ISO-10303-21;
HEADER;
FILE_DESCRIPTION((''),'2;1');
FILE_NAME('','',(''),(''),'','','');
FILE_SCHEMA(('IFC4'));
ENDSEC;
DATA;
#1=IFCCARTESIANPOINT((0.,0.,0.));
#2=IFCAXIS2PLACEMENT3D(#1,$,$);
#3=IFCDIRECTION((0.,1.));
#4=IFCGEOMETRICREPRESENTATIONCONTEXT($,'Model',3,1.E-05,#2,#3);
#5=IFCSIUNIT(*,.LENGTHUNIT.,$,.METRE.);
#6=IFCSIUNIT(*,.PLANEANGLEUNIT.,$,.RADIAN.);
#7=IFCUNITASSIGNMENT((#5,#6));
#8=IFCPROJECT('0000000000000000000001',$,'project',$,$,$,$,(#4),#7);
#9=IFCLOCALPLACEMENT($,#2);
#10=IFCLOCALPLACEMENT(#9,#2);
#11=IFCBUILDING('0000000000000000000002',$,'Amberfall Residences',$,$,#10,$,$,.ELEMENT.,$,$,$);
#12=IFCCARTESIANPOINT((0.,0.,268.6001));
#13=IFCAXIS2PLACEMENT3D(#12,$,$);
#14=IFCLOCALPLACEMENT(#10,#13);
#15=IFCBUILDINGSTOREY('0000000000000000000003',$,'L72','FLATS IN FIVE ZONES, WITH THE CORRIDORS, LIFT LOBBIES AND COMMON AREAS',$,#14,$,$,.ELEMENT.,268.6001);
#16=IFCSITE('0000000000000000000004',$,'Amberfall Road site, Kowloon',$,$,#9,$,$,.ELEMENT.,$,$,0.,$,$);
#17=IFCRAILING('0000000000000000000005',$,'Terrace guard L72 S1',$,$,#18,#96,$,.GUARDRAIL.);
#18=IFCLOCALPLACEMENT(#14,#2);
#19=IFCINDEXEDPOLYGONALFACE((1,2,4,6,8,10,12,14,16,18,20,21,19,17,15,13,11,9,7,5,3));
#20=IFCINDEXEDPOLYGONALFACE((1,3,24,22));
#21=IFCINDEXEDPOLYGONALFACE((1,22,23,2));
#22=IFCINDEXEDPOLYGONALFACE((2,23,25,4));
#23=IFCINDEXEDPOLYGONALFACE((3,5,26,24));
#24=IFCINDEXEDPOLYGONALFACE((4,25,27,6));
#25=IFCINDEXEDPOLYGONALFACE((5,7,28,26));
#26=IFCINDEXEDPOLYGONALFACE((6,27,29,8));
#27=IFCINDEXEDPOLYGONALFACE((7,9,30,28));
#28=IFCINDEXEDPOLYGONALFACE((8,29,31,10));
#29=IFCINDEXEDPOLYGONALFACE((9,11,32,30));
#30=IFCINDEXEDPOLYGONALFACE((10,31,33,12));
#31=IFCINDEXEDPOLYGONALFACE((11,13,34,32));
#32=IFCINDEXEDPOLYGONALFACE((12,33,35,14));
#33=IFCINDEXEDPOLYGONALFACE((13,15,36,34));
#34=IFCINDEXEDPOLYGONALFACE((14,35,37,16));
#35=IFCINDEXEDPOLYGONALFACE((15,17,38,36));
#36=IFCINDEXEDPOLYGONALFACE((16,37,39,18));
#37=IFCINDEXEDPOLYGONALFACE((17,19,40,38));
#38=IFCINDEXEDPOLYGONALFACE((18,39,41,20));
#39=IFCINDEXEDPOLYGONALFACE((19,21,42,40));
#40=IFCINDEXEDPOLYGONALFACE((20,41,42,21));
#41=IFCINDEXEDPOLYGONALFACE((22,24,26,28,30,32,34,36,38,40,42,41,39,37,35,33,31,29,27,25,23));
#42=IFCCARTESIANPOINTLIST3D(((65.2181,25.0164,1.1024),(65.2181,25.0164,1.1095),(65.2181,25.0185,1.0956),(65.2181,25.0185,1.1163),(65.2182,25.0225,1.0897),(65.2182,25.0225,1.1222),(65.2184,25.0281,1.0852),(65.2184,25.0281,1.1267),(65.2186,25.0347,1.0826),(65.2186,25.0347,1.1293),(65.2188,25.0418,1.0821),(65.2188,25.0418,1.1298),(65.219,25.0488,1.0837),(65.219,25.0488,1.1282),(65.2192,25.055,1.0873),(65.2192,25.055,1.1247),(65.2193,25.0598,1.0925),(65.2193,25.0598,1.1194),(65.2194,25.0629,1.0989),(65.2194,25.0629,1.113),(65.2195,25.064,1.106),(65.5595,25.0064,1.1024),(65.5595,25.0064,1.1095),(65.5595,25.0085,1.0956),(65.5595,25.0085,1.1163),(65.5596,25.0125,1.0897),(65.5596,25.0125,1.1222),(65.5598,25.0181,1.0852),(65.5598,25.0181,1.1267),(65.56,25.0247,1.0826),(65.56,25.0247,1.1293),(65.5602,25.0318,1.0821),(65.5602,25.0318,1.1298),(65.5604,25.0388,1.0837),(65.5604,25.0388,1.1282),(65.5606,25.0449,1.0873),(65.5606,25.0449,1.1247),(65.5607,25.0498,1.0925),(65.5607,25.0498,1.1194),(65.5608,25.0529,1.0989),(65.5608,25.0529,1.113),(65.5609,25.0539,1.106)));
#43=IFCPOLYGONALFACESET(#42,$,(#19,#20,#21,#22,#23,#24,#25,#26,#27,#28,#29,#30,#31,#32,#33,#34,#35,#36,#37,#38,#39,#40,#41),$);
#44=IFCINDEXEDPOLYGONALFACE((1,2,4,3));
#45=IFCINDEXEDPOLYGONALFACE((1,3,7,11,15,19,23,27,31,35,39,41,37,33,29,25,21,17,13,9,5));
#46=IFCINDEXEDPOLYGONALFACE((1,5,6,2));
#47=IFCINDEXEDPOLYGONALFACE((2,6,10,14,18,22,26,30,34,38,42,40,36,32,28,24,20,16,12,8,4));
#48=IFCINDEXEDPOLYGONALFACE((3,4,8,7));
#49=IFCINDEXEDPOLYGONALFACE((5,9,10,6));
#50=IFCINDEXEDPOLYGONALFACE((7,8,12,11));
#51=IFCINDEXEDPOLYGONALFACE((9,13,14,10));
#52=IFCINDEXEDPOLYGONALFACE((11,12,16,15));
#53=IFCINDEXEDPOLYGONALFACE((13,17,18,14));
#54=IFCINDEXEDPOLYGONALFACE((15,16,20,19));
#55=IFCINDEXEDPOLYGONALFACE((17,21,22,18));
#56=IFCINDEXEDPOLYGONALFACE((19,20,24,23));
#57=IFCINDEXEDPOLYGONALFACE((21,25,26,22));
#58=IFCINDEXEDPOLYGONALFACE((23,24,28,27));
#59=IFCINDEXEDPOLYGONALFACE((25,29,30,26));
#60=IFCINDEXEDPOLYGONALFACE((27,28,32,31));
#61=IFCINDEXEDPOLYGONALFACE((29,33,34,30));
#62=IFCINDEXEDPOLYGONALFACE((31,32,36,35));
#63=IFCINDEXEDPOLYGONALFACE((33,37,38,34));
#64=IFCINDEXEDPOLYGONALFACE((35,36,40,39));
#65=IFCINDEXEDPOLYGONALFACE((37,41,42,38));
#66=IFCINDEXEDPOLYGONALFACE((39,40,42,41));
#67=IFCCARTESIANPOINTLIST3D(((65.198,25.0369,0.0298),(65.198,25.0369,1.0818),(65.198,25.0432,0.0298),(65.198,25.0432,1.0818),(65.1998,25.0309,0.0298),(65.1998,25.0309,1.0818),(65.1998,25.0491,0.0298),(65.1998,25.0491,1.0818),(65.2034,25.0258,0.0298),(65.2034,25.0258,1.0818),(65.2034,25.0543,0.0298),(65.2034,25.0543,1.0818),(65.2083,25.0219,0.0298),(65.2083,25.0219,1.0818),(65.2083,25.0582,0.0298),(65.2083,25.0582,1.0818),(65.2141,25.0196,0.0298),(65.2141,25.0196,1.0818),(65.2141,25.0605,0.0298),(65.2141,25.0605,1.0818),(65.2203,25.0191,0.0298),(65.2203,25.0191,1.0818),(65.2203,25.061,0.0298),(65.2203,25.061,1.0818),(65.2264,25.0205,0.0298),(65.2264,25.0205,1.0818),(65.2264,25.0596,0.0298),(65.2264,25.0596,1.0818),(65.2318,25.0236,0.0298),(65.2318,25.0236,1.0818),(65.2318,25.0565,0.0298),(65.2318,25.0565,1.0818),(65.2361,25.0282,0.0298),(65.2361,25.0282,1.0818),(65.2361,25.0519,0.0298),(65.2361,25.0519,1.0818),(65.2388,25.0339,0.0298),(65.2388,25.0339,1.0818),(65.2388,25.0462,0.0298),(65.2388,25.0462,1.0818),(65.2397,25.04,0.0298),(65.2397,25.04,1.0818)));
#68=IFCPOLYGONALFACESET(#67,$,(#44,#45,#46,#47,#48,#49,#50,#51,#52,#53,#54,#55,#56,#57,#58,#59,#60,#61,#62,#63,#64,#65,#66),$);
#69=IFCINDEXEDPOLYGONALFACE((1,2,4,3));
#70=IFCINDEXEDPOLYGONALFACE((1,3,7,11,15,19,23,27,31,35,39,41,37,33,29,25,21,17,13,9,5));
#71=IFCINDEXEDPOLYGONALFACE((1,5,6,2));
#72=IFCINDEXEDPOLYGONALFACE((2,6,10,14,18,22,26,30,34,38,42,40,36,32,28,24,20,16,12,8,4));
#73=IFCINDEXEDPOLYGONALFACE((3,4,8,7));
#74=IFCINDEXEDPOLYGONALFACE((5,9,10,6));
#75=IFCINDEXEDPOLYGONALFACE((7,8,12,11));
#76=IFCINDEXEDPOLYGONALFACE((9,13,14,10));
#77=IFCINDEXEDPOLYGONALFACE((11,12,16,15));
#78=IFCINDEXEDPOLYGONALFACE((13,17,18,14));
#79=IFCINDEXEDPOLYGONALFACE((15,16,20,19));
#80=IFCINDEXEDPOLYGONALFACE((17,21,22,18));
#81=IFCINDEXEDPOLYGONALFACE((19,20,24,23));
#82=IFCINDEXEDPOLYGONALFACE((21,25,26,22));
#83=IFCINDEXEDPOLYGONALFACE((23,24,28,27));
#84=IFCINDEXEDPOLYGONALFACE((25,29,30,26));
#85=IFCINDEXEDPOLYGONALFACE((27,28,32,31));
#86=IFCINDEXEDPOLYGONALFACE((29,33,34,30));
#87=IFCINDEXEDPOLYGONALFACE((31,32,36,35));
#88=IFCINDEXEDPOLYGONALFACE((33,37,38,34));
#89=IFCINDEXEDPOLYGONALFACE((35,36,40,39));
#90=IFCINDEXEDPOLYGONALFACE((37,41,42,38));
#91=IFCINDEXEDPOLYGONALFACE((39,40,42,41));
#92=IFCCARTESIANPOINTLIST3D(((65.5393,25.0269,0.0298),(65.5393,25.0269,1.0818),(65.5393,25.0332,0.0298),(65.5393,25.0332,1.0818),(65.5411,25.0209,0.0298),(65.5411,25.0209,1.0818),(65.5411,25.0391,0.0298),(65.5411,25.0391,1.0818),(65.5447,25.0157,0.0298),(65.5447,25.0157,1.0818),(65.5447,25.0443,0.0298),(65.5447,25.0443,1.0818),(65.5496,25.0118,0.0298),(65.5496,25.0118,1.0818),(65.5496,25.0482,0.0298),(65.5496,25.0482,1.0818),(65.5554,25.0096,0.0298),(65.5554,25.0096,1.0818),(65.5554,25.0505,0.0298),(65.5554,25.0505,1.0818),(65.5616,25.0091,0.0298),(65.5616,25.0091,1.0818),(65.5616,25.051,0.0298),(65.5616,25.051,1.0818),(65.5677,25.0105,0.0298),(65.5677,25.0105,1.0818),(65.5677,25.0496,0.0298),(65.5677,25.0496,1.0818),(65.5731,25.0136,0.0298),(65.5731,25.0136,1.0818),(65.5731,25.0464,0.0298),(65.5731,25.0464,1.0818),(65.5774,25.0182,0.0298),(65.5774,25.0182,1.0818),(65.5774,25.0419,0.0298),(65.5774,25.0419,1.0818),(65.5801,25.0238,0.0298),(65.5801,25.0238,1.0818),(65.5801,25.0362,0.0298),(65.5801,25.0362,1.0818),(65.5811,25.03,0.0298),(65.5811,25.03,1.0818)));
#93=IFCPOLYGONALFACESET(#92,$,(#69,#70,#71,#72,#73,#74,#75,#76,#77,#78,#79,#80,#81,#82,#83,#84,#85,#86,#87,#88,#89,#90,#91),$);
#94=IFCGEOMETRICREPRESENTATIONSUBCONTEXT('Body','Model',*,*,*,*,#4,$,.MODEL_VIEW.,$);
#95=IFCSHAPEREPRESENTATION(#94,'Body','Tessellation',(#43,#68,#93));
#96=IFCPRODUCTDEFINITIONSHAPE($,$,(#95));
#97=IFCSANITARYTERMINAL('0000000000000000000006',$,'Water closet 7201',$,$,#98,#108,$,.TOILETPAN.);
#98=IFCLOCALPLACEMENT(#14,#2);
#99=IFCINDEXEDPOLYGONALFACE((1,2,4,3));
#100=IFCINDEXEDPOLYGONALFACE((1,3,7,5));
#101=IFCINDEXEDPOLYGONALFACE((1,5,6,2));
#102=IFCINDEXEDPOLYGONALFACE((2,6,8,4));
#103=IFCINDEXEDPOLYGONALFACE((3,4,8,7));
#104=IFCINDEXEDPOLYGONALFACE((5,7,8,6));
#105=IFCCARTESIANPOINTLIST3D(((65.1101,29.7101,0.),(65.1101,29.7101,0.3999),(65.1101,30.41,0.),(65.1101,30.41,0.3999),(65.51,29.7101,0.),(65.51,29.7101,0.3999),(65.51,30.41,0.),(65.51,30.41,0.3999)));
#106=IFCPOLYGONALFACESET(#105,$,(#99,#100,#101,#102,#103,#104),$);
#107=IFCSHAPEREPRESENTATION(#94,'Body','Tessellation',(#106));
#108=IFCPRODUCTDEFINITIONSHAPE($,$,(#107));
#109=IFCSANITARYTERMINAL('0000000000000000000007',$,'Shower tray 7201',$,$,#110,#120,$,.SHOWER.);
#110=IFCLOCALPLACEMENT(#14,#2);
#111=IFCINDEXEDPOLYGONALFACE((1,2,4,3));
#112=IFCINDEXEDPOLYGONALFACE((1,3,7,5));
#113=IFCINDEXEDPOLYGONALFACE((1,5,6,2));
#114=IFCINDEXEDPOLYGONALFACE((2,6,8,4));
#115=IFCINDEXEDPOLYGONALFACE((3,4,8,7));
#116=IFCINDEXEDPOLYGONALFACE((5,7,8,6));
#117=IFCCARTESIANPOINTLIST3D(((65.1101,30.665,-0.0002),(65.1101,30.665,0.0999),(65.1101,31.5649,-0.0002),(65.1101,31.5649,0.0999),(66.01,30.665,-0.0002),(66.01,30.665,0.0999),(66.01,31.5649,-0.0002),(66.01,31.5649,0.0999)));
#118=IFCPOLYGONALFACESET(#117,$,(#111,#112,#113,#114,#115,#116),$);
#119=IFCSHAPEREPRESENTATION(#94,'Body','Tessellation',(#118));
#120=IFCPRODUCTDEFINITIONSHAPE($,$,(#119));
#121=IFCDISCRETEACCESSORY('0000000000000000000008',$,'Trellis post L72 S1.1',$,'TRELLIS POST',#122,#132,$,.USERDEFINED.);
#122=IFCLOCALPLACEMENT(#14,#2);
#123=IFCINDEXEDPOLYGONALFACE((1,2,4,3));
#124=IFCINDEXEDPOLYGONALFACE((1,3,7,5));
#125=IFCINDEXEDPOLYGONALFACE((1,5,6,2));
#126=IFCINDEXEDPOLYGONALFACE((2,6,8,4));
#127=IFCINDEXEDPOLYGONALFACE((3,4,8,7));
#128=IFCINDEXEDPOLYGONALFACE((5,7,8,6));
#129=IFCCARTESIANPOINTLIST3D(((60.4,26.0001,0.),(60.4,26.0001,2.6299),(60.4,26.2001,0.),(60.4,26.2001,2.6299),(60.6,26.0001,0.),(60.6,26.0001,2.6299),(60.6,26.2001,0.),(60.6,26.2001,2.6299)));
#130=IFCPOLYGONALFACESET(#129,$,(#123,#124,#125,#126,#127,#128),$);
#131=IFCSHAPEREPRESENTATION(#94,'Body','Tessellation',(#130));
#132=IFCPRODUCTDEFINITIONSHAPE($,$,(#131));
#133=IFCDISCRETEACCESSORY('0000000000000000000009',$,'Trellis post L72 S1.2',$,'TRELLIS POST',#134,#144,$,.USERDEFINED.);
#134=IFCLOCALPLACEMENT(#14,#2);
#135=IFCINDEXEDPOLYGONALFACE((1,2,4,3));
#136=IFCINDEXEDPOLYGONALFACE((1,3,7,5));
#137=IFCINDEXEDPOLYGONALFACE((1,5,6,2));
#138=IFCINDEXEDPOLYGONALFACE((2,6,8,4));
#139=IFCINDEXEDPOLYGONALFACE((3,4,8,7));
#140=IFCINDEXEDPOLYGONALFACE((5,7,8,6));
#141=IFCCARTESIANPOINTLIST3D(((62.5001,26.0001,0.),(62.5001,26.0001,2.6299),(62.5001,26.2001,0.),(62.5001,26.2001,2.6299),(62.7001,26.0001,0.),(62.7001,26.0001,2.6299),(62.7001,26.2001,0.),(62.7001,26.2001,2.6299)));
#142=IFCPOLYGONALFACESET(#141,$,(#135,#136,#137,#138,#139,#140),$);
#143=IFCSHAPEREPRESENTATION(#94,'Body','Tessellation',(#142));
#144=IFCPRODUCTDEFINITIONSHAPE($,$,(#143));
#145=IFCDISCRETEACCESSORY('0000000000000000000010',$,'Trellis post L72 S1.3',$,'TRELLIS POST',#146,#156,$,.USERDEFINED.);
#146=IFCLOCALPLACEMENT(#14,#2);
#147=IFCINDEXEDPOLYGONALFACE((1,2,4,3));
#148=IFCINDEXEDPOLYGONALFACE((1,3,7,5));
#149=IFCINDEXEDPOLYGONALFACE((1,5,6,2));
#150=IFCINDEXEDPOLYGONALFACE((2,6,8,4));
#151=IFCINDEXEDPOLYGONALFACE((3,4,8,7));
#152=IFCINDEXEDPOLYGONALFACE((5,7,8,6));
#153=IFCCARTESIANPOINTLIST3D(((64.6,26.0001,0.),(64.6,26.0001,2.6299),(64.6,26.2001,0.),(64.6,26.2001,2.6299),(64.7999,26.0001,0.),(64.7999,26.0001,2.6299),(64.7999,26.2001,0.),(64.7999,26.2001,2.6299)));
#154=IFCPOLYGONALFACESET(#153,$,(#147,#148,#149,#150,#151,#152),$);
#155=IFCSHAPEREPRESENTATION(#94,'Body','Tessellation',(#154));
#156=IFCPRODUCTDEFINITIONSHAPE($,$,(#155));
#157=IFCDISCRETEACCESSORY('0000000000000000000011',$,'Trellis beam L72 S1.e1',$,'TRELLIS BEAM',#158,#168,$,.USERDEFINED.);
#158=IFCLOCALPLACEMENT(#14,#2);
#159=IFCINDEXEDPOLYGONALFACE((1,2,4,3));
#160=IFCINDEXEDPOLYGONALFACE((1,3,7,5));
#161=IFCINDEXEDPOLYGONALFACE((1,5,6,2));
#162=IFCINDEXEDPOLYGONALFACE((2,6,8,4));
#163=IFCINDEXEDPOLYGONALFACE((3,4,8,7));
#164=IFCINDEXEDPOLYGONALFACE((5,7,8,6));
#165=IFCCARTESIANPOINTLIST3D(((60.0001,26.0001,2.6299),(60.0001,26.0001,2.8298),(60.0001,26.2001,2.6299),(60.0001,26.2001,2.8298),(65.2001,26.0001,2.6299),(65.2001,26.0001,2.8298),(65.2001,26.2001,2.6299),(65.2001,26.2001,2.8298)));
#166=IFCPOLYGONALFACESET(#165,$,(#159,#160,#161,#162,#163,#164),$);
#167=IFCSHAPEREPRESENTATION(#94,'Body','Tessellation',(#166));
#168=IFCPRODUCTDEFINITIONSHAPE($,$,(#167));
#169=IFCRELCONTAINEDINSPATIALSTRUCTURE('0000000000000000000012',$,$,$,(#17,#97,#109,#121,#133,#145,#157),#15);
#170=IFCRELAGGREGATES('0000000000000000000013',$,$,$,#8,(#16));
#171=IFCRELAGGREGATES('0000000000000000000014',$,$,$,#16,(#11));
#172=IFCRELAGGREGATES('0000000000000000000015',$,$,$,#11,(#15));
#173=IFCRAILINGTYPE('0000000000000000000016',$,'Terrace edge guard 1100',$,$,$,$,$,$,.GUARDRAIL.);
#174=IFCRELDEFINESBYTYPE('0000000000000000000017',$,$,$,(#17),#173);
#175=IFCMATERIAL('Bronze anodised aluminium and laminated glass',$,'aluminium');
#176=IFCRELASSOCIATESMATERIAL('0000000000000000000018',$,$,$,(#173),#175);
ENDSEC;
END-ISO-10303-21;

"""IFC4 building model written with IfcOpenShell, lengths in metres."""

from ifc_helpers import new_model, si_unit, direction, frame, origin, origin_2d, place, context, subcontext, project, spatial, rectangle, circle, extrude, material, type_object, element, save


model = new_model("IFC4")

# Units and contexts
model_context = context("Model", 3, precision=1e-05, world=origin(), true_north=direction((0.0, 1.0)))
body_context = subcontext(model_context, "Body", "Model", "MODEL_VIEW")
ifc_project = project(units=[si_unit("LENGTHUNIT", "METRE"), si_unit("PLANEANGLEUNIT", "RADIAN")], contexts=[model_context])

# Site, building, storey
site_placement = place(None, origin())
site = spatial("IfcSite", under=ifc_project, at=site_placement, Name="Amberfall Road site, Kowloon", CompositionType="ELEMENT", RefElevation=0.0)
building_placement = place(site_placement, origin())
building = spatial("IfcBuilding", under=site, at=building_placement, Name="Amberfall Residences", CompositionType="ELEMENT")
storey_placement = place(building_placement, frame((0.0, 0.0, 268.6001)))
storey = spatial("IfcBuildingStorey", under=building, at=storey_placement, Name="L72", Description="FLATS IN FIVE ZONES, WITH THE CORRIDORS, LIFT LOBBIES AND COMMON AREAS", CompositionType="ELEMENT", Elevation=268.6001)

# Railing
ifc_material_1 = material(Name="Bronze anodised aluminium and laminated glass", Category="aluminium")
railing_type = type_object("IfcRailingType", Name="Terrace edge guard 1100", PredefinedType="GUARDRAIL", material=ifc_material_1)
railing_1_placement = place(storey_placement, frame((65.2188, 25.04, 0.0298)))
element("IfcRailing", 1, at=railing_1_placement, inside=storey, type_object=railing_type, Name="Terrace guard L72 S1", PredefinedType="GUARDRAIL", context=body_context, shape_type="SweptSolid", body=[
    extrude(circle(Radius=0.0239, at=origin_2d()), frame((0.0, 0.0, 1.0762), z_axis=(0.99957, -0.029315, 0.0), x_axis=(0.029315, 0.99957, 0.0)), (0.0, 0.0, 1.0), 0.3416),
    extrude(circle(Radius=0.021, at=origin_2d()), origin(), (0.0, 0.0, 1.0), 1.052),
    extrude(circle(Radius=0.021, at=origin_2d()), frame((0.3413, -0.01, 0.0)), (0.0, 0.0, 1.0), 1.052),
])

# Sanitary terminals
sanitary_terminal_1_placement = place(storey_placement, frame((65.3101, 30.0601, 0.0), z_axis=(0.0, 0.0, 1.0), x_axis=(1.0, 0.0, 0.0)))
element("IfcSanitaryTerminal", 2, at=sanitary_terminal_1_placement, inside=storey, Name="Water closet 7201", PredefinedType="TOILETPAN", context=body_context, shape_type="SweptSolid", body=[
    extrude(rectangle(XDim=0.3999, YDim=0.7, at=origin_2d()), origin(), (0.0, 0.0, 1.0), 0.3999),
])
sanitary_terminal_2_placement = place(storey_placement, frame((65.5601, 31.115, -0.0002), z_axis=(0.0, 0.0, 1.0), x_axis=(1.0, 0.0, 0.0)))
element("IfcSanitaryTerminal", 3, at=sanitary_terminal_2_placement, inside=storey, Name="Shower tray 7201", PredefinedType="SHOWER", context=body_context, shape_type="SweptSolid", body=[
    extrude(rectangle(XDim=0.8999, YDim=0.8999, at=origin_2d()), origin(), (0.0, 0.0, 1.0), 0.1001),
])

# Discrete accessories
for number, where, z_axis, x_axis, name in (
    (4, (60.5, 26.1001, 0.0), (0.0, 0.0, 1.0), (1.0, 0.0, 0.0), "Trellis post L72 S1.1"),
    (5, (62.6001, 26.1001, 0.0), (0.0, 0.0, 1.0), (1.0, 0.0, 0.0), "Trellis post L72 S1.2"),
    (6, (64.7, 26.1001, 0.0), (0.0, 0.0, 1.0), (1.0, 0.0, 0.0), "Trellis post L72 S1.3"),
):
    element("IfcDiscreteAccessory", number, at=place(storey_placement, frame(where, z_axis=z_axis, x_axis=x_axis)), inside=storey, Name=name, ObjectType="TRELLIS POST", PredefinedType="USERDEFINED", context=body_context, shape_type="SweptSolid", body=[
        extrude(rectangle(XDim=0.2, YDim=0.2, at=origin_2d()), origin(), (0.0, 0.0, 1.0), 2.6299),
    ])
discrete_accessory_placement = place(storey_placement, frame((62.6001, 26.1001, 2.6299), z_axis=(0.0, 0.0, 1.0), x_axis=(1.0, 0.0, 0.0)))
element("IfcDiscreteAccessory", 7, at=discrete_accessory_placement, inside=storey, Name="Trellis beam L72 S1.e1", ObjectType="TRELLIS BEAM", PredefinedType="USERDEFINED", context=body_context, shape_type="SweptSolid", body=[
    extrude(rectangle(XDim=5.2, YDim=0.2, at=origin_2d()), origin(), (0.0, 0.0, 1.0), 0.2),
])

save(model, "model.ifc")
